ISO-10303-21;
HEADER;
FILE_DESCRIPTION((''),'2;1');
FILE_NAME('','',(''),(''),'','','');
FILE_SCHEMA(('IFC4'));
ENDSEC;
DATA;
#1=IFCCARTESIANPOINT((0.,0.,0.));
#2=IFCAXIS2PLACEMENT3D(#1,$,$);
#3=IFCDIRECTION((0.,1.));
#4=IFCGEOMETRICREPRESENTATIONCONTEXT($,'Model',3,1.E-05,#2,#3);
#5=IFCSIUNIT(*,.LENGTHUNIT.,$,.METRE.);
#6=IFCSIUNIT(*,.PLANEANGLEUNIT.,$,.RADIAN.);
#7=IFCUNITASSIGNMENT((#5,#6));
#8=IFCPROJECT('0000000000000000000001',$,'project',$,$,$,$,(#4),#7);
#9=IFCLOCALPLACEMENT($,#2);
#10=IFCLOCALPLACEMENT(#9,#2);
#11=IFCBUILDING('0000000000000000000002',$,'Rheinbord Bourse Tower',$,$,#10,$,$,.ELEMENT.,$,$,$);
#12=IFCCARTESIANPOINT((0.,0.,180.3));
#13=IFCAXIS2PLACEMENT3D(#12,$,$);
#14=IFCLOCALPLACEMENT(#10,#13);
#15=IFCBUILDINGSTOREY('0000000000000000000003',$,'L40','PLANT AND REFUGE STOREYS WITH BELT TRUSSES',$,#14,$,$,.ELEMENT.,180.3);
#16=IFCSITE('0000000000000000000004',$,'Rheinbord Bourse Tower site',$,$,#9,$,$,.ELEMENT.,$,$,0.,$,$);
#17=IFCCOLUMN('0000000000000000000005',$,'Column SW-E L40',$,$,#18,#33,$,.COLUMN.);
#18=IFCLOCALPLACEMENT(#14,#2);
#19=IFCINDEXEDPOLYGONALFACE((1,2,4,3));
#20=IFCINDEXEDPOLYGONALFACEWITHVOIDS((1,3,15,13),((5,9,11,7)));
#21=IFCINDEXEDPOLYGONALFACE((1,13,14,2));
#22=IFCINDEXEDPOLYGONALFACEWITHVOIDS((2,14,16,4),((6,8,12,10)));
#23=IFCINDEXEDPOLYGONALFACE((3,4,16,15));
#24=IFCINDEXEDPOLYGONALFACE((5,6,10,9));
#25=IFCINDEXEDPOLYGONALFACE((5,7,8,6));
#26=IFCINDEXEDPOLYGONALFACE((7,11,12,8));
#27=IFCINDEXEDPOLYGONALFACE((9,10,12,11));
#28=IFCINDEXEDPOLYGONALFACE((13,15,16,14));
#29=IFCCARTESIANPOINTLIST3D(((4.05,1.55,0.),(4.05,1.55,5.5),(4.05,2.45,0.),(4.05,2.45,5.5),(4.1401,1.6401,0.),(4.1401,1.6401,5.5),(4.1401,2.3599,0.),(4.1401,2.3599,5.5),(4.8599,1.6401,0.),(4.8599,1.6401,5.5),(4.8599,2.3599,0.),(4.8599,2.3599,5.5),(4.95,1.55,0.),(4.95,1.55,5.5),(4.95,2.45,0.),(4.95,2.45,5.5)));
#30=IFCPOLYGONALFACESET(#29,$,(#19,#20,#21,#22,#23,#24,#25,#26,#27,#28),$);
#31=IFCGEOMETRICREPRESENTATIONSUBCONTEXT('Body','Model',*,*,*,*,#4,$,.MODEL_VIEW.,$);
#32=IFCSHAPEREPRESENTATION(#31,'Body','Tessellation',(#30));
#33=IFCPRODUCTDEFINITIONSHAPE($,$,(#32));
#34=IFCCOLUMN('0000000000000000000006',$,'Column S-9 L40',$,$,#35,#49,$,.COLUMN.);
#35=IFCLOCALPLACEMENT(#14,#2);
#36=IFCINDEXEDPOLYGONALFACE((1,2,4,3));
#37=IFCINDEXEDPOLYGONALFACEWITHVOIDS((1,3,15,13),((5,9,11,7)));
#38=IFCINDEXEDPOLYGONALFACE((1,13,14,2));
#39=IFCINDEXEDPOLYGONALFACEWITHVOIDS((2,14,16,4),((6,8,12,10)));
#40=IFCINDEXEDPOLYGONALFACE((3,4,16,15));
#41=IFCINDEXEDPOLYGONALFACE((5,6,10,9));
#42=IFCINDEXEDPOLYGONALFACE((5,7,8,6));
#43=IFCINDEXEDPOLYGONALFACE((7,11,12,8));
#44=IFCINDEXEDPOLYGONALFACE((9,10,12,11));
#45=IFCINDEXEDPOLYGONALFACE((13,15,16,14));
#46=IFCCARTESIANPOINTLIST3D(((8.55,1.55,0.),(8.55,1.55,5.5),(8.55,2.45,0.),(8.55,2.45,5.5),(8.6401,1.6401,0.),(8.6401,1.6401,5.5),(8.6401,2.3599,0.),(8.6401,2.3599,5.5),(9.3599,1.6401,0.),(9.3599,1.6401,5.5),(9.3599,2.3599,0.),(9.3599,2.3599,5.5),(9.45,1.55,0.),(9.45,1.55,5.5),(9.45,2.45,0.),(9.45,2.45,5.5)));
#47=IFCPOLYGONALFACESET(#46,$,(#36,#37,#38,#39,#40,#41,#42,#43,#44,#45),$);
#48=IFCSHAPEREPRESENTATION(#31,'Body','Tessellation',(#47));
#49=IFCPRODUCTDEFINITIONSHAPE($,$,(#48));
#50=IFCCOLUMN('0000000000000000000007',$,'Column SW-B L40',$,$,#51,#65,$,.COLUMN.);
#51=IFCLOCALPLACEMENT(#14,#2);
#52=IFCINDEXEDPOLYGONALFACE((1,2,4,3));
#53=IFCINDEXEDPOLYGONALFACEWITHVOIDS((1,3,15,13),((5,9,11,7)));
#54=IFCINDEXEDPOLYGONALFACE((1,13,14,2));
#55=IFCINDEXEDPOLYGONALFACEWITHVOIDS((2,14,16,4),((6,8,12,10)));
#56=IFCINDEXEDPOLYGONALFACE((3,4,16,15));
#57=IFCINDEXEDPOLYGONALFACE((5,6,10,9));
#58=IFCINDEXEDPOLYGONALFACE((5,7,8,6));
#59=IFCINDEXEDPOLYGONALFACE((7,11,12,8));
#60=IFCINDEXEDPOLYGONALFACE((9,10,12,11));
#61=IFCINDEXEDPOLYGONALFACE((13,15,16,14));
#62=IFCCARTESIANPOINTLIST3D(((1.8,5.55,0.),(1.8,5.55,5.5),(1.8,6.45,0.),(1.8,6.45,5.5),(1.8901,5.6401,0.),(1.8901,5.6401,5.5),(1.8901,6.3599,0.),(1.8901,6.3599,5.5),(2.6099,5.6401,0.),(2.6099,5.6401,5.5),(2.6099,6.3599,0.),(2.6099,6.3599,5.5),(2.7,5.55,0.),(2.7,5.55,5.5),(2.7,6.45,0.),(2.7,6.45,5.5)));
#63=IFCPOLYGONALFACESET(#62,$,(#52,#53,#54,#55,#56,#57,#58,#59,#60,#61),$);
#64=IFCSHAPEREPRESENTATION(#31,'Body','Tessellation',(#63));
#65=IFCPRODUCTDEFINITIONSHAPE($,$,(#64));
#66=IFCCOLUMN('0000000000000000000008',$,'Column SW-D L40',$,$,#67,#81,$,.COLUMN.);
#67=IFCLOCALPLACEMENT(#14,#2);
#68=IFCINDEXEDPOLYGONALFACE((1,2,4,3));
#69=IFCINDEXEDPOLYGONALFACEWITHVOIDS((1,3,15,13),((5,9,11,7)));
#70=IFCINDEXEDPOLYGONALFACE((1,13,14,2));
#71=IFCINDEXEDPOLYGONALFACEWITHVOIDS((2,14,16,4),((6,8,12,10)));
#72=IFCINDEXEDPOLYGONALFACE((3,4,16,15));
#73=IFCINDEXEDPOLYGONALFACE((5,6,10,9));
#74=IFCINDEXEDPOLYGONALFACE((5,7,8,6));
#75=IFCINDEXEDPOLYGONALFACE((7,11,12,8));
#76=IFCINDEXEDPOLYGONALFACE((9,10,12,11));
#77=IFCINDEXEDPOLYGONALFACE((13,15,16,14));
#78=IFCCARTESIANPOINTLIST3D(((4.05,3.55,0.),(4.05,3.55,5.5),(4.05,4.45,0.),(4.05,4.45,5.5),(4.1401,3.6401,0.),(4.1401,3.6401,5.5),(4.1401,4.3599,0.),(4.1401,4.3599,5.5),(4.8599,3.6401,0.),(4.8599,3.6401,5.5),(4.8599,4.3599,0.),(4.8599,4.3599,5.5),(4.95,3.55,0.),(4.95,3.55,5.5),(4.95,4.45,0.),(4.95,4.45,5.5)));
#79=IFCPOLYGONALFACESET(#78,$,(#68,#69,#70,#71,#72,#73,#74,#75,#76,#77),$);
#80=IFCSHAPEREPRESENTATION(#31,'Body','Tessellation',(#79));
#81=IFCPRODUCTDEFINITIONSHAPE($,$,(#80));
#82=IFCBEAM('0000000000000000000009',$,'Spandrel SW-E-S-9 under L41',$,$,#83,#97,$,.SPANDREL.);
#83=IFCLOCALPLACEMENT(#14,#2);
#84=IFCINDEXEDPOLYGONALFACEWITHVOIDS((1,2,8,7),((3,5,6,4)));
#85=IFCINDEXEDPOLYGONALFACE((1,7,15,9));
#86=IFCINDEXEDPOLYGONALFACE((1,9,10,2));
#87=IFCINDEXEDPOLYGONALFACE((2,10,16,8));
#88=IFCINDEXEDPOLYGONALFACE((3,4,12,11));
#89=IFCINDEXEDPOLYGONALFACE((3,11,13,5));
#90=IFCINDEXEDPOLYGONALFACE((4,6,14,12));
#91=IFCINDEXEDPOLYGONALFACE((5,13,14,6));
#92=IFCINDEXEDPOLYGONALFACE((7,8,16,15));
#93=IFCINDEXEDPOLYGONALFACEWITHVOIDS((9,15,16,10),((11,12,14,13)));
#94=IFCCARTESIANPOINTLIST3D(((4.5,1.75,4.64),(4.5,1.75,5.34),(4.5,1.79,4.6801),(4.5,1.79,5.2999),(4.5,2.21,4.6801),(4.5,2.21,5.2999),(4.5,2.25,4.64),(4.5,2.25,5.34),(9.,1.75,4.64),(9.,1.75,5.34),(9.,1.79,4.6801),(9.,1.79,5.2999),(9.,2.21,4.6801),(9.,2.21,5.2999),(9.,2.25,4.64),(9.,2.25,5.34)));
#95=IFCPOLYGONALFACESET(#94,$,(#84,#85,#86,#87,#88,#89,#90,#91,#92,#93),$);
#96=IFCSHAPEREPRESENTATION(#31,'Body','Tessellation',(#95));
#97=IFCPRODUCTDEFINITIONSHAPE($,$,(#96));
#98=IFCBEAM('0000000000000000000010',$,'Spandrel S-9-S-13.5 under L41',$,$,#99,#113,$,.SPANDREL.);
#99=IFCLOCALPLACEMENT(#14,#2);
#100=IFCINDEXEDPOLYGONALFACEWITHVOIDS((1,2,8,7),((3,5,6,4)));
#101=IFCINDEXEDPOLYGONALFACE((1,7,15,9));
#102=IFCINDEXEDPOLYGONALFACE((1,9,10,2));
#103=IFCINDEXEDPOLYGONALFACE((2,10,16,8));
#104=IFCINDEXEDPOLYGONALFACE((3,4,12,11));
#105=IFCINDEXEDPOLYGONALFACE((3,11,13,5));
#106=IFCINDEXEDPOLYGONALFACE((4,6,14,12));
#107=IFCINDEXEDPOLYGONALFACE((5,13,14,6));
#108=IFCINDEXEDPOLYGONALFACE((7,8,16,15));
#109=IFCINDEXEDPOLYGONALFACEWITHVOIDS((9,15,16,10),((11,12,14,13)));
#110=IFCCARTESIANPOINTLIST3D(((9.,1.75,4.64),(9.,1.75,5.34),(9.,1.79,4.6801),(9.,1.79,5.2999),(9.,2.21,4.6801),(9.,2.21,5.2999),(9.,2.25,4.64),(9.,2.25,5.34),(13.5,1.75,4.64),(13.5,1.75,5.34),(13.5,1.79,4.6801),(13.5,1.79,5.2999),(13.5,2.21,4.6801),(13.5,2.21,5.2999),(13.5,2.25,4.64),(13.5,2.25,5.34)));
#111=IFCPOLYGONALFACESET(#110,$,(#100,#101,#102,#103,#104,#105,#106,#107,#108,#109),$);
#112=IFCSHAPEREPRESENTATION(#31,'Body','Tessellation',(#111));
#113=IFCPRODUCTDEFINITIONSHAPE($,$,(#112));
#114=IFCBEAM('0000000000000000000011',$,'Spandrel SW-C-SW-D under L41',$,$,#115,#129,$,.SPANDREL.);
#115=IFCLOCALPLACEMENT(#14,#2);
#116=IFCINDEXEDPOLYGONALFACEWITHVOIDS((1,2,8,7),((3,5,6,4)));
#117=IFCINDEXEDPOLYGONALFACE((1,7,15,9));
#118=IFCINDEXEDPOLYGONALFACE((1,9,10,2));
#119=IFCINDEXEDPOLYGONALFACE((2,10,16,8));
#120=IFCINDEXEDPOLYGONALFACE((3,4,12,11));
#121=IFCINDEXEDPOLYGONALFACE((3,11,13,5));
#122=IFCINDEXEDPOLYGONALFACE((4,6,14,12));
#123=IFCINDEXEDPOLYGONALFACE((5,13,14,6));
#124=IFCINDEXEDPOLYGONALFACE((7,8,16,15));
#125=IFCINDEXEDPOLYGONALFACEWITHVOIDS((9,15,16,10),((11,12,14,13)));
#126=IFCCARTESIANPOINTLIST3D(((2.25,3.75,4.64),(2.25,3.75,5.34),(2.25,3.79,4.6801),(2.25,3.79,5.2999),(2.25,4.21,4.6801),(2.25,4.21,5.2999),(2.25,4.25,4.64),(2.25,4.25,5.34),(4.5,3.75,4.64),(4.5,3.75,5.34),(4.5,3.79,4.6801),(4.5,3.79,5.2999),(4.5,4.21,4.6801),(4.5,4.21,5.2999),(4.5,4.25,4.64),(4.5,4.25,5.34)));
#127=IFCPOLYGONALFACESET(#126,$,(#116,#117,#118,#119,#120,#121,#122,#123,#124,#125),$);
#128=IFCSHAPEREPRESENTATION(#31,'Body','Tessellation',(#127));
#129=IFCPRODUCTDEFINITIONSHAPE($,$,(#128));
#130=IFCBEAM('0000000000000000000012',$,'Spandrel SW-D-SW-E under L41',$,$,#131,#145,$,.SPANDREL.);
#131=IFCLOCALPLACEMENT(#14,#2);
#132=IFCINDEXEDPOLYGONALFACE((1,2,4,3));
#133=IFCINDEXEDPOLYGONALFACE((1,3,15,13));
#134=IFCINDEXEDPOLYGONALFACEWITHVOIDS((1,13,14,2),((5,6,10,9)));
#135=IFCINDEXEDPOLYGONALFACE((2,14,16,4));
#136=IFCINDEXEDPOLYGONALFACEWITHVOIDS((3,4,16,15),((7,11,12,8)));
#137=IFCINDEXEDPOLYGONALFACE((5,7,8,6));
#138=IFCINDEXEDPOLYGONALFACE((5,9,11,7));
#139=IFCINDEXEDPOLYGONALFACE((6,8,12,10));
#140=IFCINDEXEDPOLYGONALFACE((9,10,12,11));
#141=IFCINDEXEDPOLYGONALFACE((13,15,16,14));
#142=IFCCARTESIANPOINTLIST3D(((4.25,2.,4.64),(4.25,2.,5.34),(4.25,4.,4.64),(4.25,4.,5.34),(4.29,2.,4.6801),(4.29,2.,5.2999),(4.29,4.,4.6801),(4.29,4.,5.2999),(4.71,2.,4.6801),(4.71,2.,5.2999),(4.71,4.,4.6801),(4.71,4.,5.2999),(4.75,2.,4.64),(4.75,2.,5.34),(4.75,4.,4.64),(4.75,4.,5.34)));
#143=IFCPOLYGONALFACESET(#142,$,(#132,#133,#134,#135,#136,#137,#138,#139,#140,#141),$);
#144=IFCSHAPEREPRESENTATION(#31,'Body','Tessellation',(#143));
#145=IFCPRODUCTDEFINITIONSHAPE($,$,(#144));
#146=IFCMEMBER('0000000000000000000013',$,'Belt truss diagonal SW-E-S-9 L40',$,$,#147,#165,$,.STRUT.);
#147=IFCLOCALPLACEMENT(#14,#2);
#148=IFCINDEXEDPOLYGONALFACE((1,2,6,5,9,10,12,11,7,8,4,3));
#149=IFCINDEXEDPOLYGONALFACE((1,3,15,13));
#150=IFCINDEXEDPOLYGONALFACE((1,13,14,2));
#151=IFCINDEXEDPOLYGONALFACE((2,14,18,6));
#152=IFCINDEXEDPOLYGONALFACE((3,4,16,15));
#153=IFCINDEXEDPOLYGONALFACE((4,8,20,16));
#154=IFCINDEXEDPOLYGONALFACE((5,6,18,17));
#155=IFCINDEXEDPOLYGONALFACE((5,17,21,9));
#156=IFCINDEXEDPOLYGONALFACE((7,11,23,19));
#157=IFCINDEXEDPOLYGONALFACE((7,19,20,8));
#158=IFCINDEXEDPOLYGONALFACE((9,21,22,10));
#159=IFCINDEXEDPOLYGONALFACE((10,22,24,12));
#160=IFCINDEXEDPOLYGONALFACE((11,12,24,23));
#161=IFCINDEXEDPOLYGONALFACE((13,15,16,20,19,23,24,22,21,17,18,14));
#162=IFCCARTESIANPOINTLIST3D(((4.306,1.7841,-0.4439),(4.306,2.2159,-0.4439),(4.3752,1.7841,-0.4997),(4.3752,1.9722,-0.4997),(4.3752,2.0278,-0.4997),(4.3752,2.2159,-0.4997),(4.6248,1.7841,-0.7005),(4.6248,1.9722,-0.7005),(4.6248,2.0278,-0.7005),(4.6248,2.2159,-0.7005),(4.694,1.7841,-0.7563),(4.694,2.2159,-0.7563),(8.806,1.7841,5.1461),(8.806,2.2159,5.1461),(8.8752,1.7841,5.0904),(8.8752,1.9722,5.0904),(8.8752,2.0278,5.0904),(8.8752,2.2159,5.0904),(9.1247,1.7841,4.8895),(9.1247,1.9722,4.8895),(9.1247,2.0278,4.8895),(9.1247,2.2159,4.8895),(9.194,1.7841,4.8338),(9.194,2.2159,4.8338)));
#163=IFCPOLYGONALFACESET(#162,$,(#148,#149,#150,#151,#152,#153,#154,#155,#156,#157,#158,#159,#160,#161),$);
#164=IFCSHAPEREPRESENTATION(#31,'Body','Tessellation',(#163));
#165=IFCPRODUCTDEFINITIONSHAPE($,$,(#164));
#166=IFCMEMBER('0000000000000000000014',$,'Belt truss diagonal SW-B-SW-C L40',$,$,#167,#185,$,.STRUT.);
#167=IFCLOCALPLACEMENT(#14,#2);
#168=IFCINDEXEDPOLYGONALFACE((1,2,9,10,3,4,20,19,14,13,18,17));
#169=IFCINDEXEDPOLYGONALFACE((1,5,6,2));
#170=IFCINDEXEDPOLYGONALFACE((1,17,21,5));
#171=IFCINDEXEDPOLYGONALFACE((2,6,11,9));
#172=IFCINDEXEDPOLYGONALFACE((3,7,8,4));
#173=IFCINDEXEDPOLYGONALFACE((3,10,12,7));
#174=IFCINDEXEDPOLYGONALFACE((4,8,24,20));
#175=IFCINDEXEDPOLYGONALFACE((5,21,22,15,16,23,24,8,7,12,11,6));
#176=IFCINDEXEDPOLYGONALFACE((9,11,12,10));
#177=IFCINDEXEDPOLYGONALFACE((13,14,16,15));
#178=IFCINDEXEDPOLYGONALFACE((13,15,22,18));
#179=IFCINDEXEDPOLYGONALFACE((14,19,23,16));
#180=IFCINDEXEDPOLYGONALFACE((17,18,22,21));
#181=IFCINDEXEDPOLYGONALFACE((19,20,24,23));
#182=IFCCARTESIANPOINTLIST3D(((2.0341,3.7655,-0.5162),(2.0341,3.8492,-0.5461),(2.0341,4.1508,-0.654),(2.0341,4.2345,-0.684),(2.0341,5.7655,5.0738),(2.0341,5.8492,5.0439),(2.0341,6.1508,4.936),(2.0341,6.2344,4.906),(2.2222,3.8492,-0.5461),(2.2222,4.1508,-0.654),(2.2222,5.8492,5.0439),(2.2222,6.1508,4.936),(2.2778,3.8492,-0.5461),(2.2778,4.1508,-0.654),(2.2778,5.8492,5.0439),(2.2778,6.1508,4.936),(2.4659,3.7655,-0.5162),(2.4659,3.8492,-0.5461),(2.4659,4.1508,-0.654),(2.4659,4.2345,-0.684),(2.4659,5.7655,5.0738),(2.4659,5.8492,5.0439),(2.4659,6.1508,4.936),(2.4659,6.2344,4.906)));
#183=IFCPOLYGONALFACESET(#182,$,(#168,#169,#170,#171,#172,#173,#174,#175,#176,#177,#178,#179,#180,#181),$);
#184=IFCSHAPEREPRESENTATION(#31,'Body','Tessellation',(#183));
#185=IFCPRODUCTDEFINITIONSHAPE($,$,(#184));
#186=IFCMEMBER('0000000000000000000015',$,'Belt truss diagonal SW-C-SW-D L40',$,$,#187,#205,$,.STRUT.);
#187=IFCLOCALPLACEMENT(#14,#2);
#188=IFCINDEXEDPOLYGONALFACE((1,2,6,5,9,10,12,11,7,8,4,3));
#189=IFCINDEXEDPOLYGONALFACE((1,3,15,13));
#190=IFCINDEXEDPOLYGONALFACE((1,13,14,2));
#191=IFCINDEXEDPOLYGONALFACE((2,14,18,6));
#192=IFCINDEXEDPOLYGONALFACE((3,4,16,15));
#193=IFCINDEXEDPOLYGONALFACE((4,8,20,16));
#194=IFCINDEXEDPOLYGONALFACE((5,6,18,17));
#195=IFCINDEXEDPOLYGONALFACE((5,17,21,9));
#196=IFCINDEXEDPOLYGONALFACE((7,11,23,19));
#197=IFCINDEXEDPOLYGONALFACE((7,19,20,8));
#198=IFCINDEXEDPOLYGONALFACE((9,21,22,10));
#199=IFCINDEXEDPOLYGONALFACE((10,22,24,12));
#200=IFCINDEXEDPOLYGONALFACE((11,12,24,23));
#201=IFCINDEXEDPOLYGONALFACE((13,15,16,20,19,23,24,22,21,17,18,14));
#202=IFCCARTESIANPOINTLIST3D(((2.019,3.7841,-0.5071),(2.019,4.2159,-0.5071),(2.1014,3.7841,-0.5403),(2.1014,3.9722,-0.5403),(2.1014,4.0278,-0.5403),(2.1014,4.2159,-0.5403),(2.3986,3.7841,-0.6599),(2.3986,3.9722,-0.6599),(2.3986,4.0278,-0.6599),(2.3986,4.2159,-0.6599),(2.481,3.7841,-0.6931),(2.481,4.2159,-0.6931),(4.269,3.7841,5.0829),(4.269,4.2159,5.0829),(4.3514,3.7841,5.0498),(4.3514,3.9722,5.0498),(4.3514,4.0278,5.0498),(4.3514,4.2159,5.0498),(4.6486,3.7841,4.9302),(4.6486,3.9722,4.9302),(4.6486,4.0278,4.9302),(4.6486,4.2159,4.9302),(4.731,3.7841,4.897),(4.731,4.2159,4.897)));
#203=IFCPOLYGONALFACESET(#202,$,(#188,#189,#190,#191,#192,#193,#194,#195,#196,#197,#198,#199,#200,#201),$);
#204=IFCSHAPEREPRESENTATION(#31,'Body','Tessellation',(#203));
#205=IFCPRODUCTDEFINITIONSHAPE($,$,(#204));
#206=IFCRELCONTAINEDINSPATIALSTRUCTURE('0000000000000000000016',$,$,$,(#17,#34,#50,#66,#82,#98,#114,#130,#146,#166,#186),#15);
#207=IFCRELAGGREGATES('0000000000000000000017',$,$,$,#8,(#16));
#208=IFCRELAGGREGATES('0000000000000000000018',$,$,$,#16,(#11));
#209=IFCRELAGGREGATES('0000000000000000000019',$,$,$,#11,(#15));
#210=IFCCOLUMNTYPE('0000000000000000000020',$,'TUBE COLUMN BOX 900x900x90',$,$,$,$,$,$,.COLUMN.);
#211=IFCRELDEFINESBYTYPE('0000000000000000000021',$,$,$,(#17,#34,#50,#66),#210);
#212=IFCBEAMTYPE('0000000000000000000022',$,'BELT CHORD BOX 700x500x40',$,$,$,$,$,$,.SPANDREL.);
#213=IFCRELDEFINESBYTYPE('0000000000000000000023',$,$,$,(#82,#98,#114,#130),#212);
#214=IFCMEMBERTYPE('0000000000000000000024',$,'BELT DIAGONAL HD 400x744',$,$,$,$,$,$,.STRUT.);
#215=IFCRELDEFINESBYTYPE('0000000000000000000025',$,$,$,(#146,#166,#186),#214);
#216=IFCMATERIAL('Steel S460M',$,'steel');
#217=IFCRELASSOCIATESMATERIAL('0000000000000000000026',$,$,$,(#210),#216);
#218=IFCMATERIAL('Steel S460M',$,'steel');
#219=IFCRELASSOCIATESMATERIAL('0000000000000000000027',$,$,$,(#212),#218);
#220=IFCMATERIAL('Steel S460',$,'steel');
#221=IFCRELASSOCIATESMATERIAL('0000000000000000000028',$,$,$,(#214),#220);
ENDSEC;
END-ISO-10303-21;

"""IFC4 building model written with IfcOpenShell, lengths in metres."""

from ifc_helpers import new_model, si_unit, direction, frame, origin, origin_2d, place, context, subcontext, project, spatial, hollow_rectangle, i_section, extrude, material, material_profile, profile_set, type_object, element, save


model = new_model("IFC4")

# Units and contexts
model_context = context("Model", 3, precision=1e-05, world=origin(), true_north=direction((0.0, 1.0)))
body_context = subcontext(model_context, "Body", "Model", "MODEL_VIEW")
ifc_project = project(units=[si_unit("LENGTHUNIT", "METRE"), si_unit("PLANEANGLEUNIT", "RADIAN")], contexts=[model_context])

# Site, building, storey
site_placement = place(None, origin())
site = spatial("IfcSite", under=ifc_project, at=site_placement, Name="Rheinbord Bourse Tower site", CompositionType="ELEMENT", RefElevation=0.0)
building_placement = place(site_placement, origin())
building = spatial("IfcBuilding", under=site, at=building_placement, Name="Rheinbord Bourse Tower", CompositionType="ELEMENT")
storey_placement = place(building_placement, frame((0.0, 0.0, 180.3)))
storey = spatial("IfcBuildingStorey", under=building, at=storey_placement, Name="L40", Description="PLANT AND REFUGE STOREYS WITH BELT TRUSSES", CompositionType="ELEMENT", Elevation=180.3)

# Columns
ifc_material_1 = material(Name="Steel S460M", Category="steel")
ifc_material_profile_1 = material_profile(ifc_material_1, hollow_rectangle(XDim=0.8999, YDim=0.8999, WallThickness=0.0901, at=origin_2d()), Name="BOX 900x900x90")
ifc_profile_set_1 = profile_set([ifc_material_profile_1], Name="Steel S460M")
column_type = type_object("IfcColumnType", Name="TUBE COLUMN BOX 900x900x90", PredefinedType="COLUMN", material=ifc_profile_set_1)
for number, where, z_axis, x_axis, name in (
    (1, (4.5, 2.0, 0.0), (0.0, 0.0, 1.0), (0.0, 1.0, 0.0), "Column SW-E L40"),
    (2, (9.0, 2.0, 0.0), (0.0, 0.0, 1.0), (0.0, 1.0, 0.0), "Column S-9 L40"),
    (3, (2.25, 6.0, 0.0), (0.0, 0.0, 1.0), (1.0, 0.0, 0.0), "Column SW-B L40"),
    (4, (4.5, 4.0, 0.0), (0.0, 0.0, 1.0), (0.0, 1.0, 0.0), "Column SW-D L40"),
):
    element("IfcColumn", number, at=place(storey_placement, frame(where, z_axis=z_axis, x_axis=x_axis)), inside=storey, type_object=column_type, Name=name, PredefinedType="COLUMN", context=body_context, shape_type="SweptSolid", body=[
        extrude(hollow_rectangle(XDim=0.8999, YDim=0.8999, WallThickness=0.0901, at=origin_2d()), origin(), (0.0, 0.0, 1.0), 5.5),
    ])

# Beams
ifc_material_2 = material(Name="Steel S460M", Category="steel")
ifc_material_profile_2 = material_profile(ifc_material_2, hollow_rectangle(XDim=0.5, YDim=0.7, WallThickness=0.04, at=origin_2d()), Name="BOX 700x500x40")
ifc_profile_set_2 = profile_set([ifc_material_profile_2], Name="Steel S460M")
beam_type = type_object("IfcBeamType", Name="BELT CHORD BOX 700x500x40", PredefinedType="SPANDREL", material=ifc_profile_set_2)
for number, where, z_axis, x_axis, name in (
    (5, (4.5, 2.0, 4.99), (1.0, 0.0, 0.0), (0.0, 1.0, 0.0), "Spandrel SW-E-S-9 under L41"),
    (6, (9.0, 2.0, 4.99), (1.0, 0.0, 0.0), (0.0, 1.0, 0.0), "Spandrel S-9-S-13.5 under L41"),
):
    element("IfcBeam", number, at=place(storey_placement, frame(where, z_axis=z_axis, x_axis=x_axis)), inside=storey, type_object=beam_type, Name=name, PredefinedType="SPANDREL", context=body_context, shape_type="SweptSolid", body=[
        extrude(hollow_rectangle(XDim=0.5, YDim=0.7, WallThickness=0.04, at=origin_2d()), origin(), (0.0, 0.0, 1.0), 4.5),
    ])
beam_1_placement = place(storey_placement, frame((2.25, 4.0, 4.99), z_axis=(1.0, 0.0, 0.0), x_axis=(0.0, 1.0, 0.0)))
element("IfcBeam", 7, at=beam_1_placement, inside=storey, type_object=beam_type, Name="Spandrel SW-C-SW-D under L41", PredefinedType="SPANDREL", context=body_context, shape_type="SweptSolid", body=[
    extrude(hollow_rectangle(XDim=0.5, YDim=0.7, WallThickness=0.04, at=origin_2d()), origin(), (0.0, 0.0, 1.0), 2.25),
])
beam_2_placement = place(storey_placement, frame((4.5, 4.0, 4.99), z_axis=(0.0, -1.0, 0.0), x_axis=(1.0, 0.0, 0.0)))
element("IfcBeam", 8, at=beam_2_placement, inside=storey, type_object=beam_type, Name="Spandrel SW-D-SW-E under L41", PredefinedType="SPANDREL", context=body_context, shape_type="SweptSolid", body=[
    extrude(hollow_rectangle(XDim=0.5, YDim=0.7, WallThickness=0.04, at=origin_2d()), origin(), (0.0, 0.0, 1.0), 2.0),
])

# Members
ifc_material_3 = material(Name="Steel S460", Category="steel")
ifc_material_profile_3 = material_profile(ifc_material_3, i_section(OverallWidth=0.4319, OverallDepth=0.498, WebThickness=0.0557, FlangeThickness=0.0889, at=origin_2d()), Name="HD 400x744")
ifc_profile_set_3 = profile_set([ifc_material_profile_3], Name="Steel S460")
member_type_1 = type_object("IfcMemberType", Name="BELT DIAGONAL HD 400x744", PredefinedType="STRUT", material=ifc_profile_set_3)
member_1_placement = place(storey_placement, frame((4.5, 2.0, -0.6001), z_axis=(0.627065, 0.0, 0.778967), x_axis=(0.0, 1.0, 0.0)))
element("IfcMember", 9, at=member_1_placement, inside=storey, type_object=member_type_1, Name="Belt truss diagonal SW-E-S-9 L40", PredefinedType="STRUT", context=body_context, shape_type="SweptSolid", body=[
    extrude(i_section(OverallWidth=0.4319, OverallDepth=0.498, WebThickness=0.0557, FlangeThickness=0.0889, at=origin_2d()), origin(), (0.0, 0.0, 1.0), 7.1763),
])
member_2_placement = place(storey_placement, frame((2.25, 4.0, -0.6001), z_axis=(0.0, 0.336865, 0.941553), x_axis=(-1.0, 0.0, 0.0)))
element("IfcMember", 10, at=member_2_placement, inside=storey, type_object=member_type_1, Name="Belt truss diagonal SW-B-SW-C L40", PredefinedType="STRUT", context=body_context, shape_type="SweptSolid", body=[
    extrude(i_section(OverallWidth=0.4319, OverallDepth=0.498, WebThickness=0.0557, FlangeThickness=0.0889, at=origin_2d()), origin(), (0.0, 0.0, 1.0), 5.937),
])
member_3_placement = place(storey_placement, frame((2.25, 4.0, -0.6001), z_axis=(0.373388, 0.0, 0.927675), x_axis=(0.0, 1.0, 0.0)))
element("IfcMember", 11, at=member_3_placement, inside=storey, type_object=member_type_1, Name="Belt truss diagonal SW-C-SW-D L40", PredefinedType="STRUT", context=body_context, shape_type="SweptSolid", body=[
    extrude(i_section(OverallWidth=0.4319, OverallDepth=0.498, WebThickness=0.0557, FlangeThickness=0.0889, at=origin_2d()), origin(), (0.0, 0.0, 1.0), 6.0259),
])

save(model, "model.ifc")
